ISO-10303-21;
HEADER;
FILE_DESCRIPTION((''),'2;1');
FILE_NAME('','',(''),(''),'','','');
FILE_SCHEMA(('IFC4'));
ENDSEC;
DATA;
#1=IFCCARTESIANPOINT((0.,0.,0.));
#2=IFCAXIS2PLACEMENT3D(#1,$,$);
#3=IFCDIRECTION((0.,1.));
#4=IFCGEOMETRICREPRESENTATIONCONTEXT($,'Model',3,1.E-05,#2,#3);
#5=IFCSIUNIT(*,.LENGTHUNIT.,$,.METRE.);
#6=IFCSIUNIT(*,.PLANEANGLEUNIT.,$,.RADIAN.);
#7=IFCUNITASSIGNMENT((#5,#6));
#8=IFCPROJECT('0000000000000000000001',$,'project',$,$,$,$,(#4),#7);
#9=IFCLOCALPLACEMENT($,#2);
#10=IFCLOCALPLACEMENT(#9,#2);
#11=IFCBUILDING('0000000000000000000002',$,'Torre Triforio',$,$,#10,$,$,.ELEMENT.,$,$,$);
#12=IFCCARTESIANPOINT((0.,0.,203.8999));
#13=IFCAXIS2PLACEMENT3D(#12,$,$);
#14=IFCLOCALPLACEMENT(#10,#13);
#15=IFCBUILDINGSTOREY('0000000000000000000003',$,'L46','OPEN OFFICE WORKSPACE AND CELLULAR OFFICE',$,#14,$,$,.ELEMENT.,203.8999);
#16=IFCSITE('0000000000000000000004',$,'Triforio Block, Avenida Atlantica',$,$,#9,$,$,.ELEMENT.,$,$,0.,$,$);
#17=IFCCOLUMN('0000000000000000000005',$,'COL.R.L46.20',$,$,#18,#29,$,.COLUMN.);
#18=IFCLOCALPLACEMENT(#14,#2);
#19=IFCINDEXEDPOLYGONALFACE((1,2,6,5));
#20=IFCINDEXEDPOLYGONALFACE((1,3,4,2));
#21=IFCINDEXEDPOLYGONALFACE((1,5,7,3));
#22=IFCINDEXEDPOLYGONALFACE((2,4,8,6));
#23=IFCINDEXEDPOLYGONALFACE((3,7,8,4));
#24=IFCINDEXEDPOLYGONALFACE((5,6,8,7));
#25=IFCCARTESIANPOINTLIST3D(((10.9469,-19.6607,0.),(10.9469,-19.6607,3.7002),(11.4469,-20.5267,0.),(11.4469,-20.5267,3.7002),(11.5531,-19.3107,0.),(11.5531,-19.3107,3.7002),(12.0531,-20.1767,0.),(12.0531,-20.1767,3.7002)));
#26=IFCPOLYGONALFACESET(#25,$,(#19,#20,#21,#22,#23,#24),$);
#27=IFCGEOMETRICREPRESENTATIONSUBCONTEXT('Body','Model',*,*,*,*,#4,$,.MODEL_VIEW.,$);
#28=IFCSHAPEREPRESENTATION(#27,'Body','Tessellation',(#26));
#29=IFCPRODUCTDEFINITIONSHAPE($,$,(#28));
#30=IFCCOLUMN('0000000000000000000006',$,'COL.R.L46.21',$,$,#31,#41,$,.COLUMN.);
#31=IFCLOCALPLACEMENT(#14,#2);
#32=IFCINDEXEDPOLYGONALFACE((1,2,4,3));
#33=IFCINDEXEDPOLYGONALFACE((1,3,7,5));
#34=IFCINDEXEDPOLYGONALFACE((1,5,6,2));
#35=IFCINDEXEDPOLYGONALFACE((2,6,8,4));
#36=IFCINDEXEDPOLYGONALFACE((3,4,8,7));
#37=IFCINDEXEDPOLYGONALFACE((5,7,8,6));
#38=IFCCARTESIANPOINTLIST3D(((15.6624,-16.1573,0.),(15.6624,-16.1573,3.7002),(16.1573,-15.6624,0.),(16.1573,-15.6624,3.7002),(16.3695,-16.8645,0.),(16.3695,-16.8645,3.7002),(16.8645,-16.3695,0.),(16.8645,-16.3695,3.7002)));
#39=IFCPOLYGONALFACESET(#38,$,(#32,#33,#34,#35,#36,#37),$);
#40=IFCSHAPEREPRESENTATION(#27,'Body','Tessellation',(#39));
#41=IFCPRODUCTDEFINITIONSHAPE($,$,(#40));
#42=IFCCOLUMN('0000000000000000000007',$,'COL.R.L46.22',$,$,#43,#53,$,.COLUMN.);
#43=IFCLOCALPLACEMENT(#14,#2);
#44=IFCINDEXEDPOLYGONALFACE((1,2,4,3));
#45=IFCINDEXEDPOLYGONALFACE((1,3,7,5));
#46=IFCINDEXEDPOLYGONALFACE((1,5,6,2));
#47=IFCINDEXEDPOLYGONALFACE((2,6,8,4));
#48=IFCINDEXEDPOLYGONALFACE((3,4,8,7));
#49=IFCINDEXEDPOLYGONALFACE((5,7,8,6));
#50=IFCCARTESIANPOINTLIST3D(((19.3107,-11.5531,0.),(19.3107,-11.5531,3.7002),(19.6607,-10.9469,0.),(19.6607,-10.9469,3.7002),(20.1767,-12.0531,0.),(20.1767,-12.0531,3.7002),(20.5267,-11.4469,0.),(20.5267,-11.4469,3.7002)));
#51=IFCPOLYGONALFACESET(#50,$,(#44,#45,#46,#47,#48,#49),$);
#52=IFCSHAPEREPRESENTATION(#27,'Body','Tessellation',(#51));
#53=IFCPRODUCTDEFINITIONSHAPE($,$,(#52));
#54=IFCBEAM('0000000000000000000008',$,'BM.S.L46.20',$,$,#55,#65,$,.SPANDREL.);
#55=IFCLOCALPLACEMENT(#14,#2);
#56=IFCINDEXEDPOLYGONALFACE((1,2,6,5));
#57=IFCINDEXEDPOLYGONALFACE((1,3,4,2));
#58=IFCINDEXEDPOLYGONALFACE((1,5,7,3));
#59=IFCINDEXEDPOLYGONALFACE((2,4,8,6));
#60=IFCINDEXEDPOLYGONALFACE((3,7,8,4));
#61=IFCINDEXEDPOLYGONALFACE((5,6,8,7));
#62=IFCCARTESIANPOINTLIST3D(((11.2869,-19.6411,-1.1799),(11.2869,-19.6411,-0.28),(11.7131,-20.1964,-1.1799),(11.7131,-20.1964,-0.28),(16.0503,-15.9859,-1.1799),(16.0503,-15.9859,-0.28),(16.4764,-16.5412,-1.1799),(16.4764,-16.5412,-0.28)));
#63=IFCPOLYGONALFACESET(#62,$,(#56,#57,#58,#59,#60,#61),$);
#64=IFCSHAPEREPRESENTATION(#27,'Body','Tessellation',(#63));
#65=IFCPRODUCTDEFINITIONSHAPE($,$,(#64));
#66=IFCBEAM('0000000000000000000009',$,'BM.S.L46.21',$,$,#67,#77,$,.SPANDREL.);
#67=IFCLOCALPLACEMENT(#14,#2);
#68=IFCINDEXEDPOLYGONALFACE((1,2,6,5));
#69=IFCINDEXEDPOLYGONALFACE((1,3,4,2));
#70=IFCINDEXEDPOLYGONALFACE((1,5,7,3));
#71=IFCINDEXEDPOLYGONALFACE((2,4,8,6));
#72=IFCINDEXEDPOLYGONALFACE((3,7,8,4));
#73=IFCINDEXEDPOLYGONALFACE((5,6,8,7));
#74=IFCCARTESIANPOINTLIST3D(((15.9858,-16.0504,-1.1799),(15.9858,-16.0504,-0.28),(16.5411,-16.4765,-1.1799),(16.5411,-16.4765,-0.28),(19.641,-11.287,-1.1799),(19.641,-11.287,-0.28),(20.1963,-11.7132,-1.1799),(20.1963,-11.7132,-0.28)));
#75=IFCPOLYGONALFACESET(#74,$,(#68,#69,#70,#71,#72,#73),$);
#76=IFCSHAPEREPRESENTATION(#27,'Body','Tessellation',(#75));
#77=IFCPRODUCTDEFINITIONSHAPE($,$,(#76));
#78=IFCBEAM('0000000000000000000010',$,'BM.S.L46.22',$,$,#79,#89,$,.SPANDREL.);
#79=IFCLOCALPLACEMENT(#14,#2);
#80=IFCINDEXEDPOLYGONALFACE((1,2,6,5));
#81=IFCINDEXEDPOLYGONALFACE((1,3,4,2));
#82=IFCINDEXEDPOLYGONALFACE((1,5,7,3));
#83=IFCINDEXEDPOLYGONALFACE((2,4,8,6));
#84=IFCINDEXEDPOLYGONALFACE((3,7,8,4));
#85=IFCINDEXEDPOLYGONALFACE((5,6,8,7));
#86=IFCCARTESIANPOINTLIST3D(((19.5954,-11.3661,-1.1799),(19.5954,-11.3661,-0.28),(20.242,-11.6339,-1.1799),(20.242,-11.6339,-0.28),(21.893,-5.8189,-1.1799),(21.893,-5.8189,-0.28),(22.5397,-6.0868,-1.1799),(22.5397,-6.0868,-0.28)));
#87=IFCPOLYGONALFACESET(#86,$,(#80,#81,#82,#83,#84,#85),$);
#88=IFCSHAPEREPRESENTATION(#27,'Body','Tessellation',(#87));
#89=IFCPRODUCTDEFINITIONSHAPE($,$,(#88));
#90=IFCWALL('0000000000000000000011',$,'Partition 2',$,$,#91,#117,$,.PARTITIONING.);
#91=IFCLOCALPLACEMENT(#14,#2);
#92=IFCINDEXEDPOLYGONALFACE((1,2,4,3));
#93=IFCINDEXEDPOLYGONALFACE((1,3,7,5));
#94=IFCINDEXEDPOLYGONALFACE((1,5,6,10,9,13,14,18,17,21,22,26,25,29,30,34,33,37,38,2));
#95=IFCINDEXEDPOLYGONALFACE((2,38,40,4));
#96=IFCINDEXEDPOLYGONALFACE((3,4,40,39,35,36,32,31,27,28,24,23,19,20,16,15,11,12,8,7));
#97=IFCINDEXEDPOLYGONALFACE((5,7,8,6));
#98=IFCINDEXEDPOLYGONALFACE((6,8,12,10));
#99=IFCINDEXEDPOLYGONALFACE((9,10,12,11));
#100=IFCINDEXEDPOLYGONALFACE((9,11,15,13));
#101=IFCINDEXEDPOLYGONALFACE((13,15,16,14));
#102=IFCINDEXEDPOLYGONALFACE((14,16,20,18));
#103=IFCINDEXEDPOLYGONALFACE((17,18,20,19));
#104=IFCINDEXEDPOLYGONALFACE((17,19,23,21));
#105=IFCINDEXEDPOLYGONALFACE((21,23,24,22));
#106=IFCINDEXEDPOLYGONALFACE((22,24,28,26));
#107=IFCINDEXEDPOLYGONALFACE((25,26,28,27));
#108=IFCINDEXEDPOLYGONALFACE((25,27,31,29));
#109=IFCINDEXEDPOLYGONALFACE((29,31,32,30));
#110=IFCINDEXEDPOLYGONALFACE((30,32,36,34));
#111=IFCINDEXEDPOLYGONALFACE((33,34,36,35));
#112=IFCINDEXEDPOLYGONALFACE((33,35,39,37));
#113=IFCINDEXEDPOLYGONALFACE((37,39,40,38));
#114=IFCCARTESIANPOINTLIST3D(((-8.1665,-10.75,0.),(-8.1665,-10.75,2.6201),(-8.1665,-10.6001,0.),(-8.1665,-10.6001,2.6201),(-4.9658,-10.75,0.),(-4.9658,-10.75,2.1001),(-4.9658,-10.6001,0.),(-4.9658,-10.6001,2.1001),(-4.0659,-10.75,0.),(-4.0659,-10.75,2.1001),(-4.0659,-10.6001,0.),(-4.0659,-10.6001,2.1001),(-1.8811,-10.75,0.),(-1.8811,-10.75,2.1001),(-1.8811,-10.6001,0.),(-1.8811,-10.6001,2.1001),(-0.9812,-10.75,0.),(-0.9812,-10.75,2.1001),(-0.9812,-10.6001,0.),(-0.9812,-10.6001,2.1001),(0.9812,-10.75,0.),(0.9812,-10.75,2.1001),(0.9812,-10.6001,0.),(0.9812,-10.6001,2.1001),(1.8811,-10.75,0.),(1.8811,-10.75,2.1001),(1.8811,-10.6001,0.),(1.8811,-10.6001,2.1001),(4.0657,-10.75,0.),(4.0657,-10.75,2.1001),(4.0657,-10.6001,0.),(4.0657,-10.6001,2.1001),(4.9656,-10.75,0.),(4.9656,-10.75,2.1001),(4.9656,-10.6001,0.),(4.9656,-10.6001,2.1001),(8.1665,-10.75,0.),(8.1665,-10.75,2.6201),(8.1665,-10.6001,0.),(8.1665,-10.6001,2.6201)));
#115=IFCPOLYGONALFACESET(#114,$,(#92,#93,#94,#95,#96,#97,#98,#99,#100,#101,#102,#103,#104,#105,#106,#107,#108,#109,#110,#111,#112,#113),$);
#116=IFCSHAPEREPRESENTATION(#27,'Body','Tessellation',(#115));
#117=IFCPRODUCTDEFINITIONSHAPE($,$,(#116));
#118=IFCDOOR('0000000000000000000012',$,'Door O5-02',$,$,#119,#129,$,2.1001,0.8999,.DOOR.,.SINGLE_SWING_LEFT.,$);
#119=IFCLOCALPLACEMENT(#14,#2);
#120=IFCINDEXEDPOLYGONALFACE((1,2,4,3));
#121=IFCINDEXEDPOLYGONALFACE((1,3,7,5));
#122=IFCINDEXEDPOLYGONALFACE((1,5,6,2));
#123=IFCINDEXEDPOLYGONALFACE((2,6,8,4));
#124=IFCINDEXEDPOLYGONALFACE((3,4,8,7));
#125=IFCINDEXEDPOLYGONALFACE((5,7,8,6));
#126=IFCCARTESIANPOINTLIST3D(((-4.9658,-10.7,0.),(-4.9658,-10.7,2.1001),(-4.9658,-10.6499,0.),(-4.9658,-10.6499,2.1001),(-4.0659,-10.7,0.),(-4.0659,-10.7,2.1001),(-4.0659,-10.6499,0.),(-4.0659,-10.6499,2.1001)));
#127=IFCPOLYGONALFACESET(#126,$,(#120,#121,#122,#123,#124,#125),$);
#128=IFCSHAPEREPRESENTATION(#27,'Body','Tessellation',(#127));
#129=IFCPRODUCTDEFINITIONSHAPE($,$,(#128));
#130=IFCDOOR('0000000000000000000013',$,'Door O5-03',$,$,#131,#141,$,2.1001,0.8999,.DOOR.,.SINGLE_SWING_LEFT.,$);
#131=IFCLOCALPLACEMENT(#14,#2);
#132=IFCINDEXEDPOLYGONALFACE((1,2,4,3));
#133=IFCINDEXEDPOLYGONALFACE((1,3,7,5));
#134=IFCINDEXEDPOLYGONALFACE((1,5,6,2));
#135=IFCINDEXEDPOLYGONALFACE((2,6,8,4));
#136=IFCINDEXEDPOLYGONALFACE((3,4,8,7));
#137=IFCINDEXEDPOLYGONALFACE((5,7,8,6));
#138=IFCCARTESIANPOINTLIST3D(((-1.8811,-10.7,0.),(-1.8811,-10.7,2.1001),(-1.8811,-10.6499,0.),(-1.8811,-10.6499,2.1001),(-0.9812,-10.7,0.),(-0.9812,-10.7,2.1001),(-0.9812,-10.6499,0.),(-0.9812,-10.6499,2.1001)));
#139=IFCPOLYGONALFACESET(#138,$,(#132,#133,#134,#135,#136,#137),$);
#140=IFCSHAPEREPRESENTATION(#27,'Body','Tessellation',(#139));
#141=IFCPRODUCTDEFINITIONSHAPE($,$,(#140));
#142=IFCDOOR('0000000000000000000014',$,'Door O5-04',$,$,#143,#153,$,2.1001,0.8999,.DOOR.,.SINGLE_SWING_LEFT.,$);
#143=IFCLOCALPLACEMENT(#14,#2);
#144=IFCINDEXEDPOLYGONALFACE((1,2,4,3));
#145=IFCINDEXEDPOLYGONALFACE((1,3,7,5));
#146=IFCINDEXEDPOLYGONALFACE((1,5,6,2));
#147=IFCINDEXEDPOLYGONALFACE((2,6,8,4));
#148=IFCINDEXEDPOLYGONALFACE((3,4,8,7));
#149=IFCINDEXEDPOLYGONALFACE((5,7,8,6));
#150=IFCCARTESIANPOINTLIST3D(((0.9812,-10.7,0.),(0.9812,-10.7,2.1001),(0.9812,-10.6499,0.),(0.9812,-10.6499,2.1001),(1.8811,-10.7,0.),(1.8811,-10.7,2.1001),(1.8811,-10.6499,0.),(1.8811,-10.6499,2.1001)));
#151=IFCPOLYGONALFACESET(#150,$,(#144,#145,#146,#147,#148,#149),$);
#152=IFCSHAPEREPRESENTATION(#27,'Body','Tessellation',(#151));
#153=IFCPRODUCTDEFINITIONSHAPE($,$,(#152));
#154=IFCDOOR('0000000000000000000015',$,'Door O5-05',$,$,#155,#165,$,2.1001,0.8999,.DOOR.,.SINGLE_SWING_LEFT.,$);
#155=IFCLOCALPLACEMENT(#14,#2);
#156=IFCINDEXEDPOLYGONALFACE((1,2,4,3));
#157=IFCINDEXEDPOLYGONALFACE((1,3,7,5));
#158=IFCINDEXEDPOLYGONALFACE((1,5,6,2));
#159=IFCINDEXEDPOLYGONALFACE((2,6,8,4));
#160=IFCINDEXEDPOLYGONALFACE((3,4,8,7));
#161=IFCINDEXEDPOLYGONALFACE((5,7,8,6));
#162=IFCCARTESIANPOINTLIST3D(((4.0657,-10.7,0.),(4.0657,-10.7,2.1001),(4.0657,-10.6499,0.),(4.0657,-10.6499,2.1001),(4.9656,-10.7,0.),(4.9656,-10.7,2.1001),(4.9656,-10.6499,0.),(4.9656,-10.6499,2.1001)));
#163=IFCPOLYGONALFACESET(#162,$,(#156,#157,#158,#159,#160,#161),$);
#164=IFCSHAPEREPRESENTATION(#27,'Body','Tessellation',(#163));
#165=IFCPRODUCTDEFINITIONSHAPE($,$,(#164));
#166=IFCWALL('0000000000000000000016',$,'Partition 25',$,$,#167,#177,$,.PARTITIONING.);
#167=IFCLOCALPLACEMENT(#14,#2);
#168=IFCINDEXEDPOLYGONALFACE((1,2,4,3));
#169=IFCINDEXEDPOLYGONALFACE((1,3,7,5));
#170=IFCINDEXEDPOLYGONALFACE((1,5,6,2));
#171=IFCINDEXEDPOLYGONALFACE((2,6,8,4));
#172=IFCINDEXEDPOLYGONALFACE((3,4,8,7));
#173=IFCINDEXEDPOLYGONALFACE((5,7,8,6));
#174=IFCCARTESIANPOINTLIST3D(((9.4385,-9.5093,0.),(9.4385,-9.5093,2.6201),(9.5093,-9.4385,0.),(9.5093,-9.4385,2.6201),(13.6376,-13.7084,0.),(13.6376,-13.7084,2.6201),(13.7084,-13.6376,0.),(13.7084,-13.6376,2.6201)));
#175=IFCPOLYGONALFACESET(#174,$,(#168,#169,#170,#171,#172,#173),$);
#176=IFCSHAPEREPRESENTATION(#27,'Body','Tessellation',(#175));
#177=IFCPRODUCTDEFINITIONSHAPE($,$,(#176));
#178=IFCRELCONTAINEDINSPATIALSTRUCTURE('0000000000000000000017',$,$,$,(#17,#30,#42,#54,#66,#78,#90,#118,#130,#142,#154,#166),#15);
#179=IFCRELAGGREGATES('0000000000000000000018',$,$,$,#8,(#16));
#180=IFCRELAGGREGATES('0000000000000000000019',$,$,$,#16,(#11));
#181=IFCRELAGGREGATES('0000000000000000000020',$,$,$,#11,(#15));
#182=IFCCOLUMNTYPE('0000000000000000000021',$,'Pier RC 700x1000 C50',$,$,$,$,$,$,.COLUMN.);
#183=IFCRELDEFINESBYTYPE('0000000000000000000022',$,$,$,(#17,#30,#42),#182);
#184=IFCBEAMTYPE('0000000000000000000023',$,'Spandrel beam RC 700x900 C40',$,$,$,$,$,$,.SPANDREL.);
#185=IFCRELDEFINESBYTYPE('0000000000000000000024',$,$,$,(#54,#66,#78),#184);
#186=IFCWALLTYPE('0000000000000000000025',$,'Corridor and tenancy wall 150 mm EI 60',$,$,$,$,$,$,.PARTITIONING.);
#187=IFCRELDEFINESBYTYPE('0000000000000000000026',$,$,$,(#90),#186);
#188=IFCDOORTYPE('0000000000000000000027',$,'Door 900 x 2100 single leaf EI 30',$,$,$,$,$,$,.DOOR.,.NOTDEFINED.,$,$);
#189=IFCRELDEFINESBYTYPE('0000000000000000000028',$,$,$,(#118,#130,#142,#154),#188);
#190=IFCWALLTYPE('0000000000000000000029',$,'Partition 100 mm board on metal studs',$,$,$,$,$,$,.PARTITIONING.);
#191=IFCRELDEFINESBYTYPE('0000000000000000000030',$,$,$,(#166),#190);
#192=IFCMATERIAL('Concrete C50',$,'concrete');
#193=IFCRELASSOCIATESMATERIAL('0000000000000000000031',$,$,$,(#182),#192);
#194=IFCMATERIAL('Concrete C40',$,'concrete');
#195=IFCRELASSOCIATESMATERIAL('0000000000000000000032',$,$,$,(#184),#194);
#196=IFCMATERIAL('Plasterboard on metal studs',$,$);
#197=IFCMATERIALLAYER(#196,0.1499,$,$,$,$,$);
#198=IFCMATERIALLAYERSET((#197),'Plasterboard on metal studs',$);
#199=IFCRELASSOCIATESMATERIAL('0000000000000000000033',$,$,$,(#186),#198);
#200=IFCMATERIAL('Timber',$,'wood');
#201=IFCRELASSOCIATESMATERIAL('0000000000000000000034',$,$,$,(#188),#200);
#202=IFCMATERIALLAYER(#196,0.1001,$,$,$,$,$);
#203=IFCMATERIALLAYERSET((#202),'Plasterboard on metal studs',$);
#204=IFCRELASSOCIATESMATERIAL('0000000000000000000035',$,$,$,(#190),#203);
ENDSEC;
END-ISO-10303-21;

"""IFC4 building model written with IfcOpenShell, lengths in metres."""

from ifc_helpers import new_model, si_unit, direction, frame, frame_2d, origin, origin_2d, place, context, subcontext, project, spatial, rectangle, extrude, material, layer, layer_set, material_profile, profile_set, type_object, element, fill, save


model = new_model("IFC4")

# Units and contexts
model_context = context("Model", 3, precision=1e-05, world=origin(), true_north=direction((0.0, 1.0)))
body_context = subcontext(model_context, "Body", "Model", "MODEL_VIEW")
ifc_project = project(units=[si_unit("LENGTHUNIT", "METRE"), si_unit("PLANEANGLEUNIT", "RADIAN")], contexts=[model_context])

# Site, building, storey
site_placement = place(None, origin())
site = spatial("IfcSite", under=ifc_project, at=site_placement, Name="Triforio Block, Avenida Atlantica", CompositionType="ELEMENT", RefElevation=0.0)
building_placement = place(site_placement, origin())
building = spatial("IfcBuilding", under=site, at=building_placement, Name="Torre Triforio", CompositionType="ELEMENT")
storey_placement = place(building_placement, frame((0.0, 0.0, 203.8999)))
storey = spatial("IfcBuildingStorey", under=building, at=storey_placement, Name="L46", Description="OPEN OFFICE WORKSPACE AND CELLULAR OFFICE", CompositionType="ELEMENT", Elevation=203.8999)

# Columns
ifc_material_1 = material(Name="Concrete C50", Category="concrete")
ifc_material_profile_1 = material_profile(ifc_material_1, rectangle(XDim=0.7, YDim=1.0, at=origin_2d()), Name="RC 700x1000")
ifc_profile_set_1 = profile_set([ifc_material_profile_1], Name="Concrete C50")
column_type = type_object("IfcColumnType", Name="Pier RC 700x1000 C50", PredefinedType="COLUMN", material=ifc_profile_set_1)
for number, where, z_axis, x_axis, name in (
    (1, (11.5, -19.9187, 0.0), (0.0, 0.0, 1.0), (0.866025, 0.5, 0.0), "COL.R.L46.20"),
    (2, (16.2634, -16.2634, 0.0), (0.0, 0.0, 1.0), (0.707107, 0.707107, 0.0), "COL.R.L46.21"),
    (3, (19.9187, -11.5, 0.0), (0.0, 0.0, 1.0), (0.5, 0.866025, 0.0), "COL.R.L46.22"),
):
    element("IfcColumn", number, at=place(storey_placement, frame(where, z_axis=z_axis, x_axis=x_axis)), inside=storey, type_object=column_type, Name=name, PredefinedType="COLUMN", context=body_context, shape_type="SweptSolid", body=[
        extrude(rectangle(XDim=0.7, YDim=1.0, at=origin_2d()), origin(), (0.0, 0.0, 1.0), 3.7002),
    ])

# Beams
ifc_material_2 = material(Name="Concrete C40", Category="concrete")
ifc_material_profile_2 = material_profile(ifc_material_2, rectangle(XDim=0.7, YDim=0.8999, at=origin_2d()), Name="RC 700x900")
ifc_profile_set_2 = profile_set([ifc_material_profile_2], Name="Concrete C40")
beam_type = type_object("IfcBeamType", Name="Spandrel beam RC 700x900 C40", PredefinedType="SPANDREL", material=ifc_profile_set_2)
for number, where, z_axis, x_axis, name in (
    (4, (11.5, -19.9187, -0.73), (0.79334, 0.608779, 0.0), (-0.608779, 0.79334, 0.0), "BM.S.L46.20"),
    (5, (16.2634, -16.2634, -0.73), (0.608779, 0.79334, 0.0), (-0.79334, 0.608779, 0.0), "BM.S.L46.21"),
    (6, (19.9187, -11.5, -0.73), (0.382671, 0.923885, 0.0), (-0.923885, 0.382671, 0.0), "BM.S.L46.22"),
):
    element("IfcBeam", number, at=place(storey_placement, frame(where, z_axis=z_axis, x_axis=x_axis)), inside=storey, type_object=beam_type, Name=name, PredefinedType="SPANDREL", context=body_context, shape_type="SweptSolid", body=[
        extrude(rectangle(XDim=0.7, YDim=0.8999, at=origin_2d()), origin(), (0.0, 0.0, 1.0), 6.0042),
    ])

# Wall, openings, doors
ifc_material_3 = material(Name="Plasterboard on metal studs")
ifc_layer_1 = layer(ifc_material_3, 0.1499)
ifc_layer_set_1 = layer_set([ifc_layer_1], Name="Plasterboard on metal studs")
wall_type_1 = type_object("IfcWallType", Name="Corridor and tenancy wall 150 mm EI 60", PredefinedType="PARTITIONING", material=ifc_layer_set_1)
wall_1_placement = place(storey_placement, frame((8.1665, -10.675, 0.0), z_axis=(0.0, 0.0, 1.0), x_axis=(-1.0, 0.0, 0.0)))
wall_1 = element("IfcWall", 7, at=wall_1_placement, inside=storey, type_object=wall_type_1, Name="Partition 2", PredefinedType="PARTITIONING", context=body_context, shape_type="SweptSolid", body=[
    extrude(rectangle(XDim=16.333, YDim=0.1499, at=frame_2d((8.1665, 0.0))), origin(), (0.0, 0.0, 1.0), 2.6201),
])
opening_1_placement = place(wall_1_placement, frame((12.2324, 0.0, 0.0)))
opening_1 = element("IfcOpeningElement", 8, at=opening_1_placement, cuts=wall_1, PredefinedType="OPENING", context=body_context, shape_type="SweptSolid", body=[
    extrude(rectangle(XDim=0.8999, YDim=2.1001, at=frame_2d((0.45, 1.05))), frame((0.0, 0.085, 0.0), z_axis=(0.0, -1.0, 0.0), x_axis=(1.0, 0.0, 0.0)), (0.0, 0.0, 1.0), 0.1699),
])
opening_2_placement = place(wall_1_placement, frame((9.1477, 0.0, 0.0)))
opening_2 = element("IfcOpeningElement", 9, at=opening_2_placement, cuts=wall_1, PredefinedType="OPENING", context=body_context, shape_type="SweptSolid", body=[
    extrude(rectangle(XDim=0.8999, YDim=2.1001, at=frame_2d((0.45, 1.05))), frame((0.0, 0.085, 0.0), z_axis=(0.0, -1.0, 0.0), x_axis=(1.0, 0.0, 0.0)), (0.0, 0.0, 1.0), 0.1699),
])
opening_3_placement = place(wall_1_placement, frame((6.2854, 0.0, 0.0)))
opening_3 = element("IfcOpeningElement", 10, at=opening_3_placement, cuts=wall_1, PredefinedType="OPENING", context=body_context, shape_type="SweptSolid", body=[
    extrude(rectangle(XDim=0.8999, YDim=2.1001, at=frame_2d((0.45, 1.05))), frame((0.0, 0.085, 0.0), z_axis=(0.0, -1.0, 0.0), x_axis=(1.0, 0.0, 0.0)), (0.0, 0.0, 1.0), 0.1699),
])
opening_4_placement = place(wall_1_placement, frame((3.2009, 0.0, 0.0)))
opening_4 = element("IfcOpeningElement", 11, at=opening_4_placement, cuts=wall_1, PredefinedType="OPENING", context=body_context, shape_type="SweptSolid", body=[
    extrude(rectangle(XDim=0.8999, YDim=2.1001, at=frame_2d((0.45, 1.05))), frame((0.0, 0.085, 0.0), z_axis=(0.0, -1.0, 0.0), x_axis=(1.0, 0.0, 0.0)), (0.0, 0.0, 1.0), 0.1699),
])
ifc_material_4 = material(Name="Timber", Category="wood")
door_type_1 = type_object("IfcDoorType", Name="Door 900 x 2100 single leaf EI 30", OperationType="NOTDEFINED", PredefinedType="DOOR", material=ifc_material_4)
door_1_placement = place(opening_1_placement, origin())
door_1 = element("IfcDoor", 12, at=door_1_placement, inside=storey, type_object=door_type_1, Name="Door O5-02", OperationType="SINGLE_SWING_LEFT", OverallHeight=2.1001, OverallWidth=0.8999, PredefinedType="DOOR", context=body_context, shape_type="SweptSolid", body=[
    extrude(rectangle(XDim=0.8999, YDim=2.1001, at=frame_2d((0.45, 1.05))), frame((0.0, 0.0249, 0.0), z_axis=(0.0, -1.0, 0.0), x_axis=(1.0, 0.0, 0.0)), (0.0, 0.0, 1.0), 0.05),
])
fill(opening_1, door_1)
door_2_placement = place(opening_2_placement, origin())
door_2 = element("IfcDoor", 13, at=door_2_placement, inside=storey, type_object=door_type_1, Name="Door O5-03", OperationType="SINGLE_SWING_LEFT", OverallHeight=2.1001, OverallWidth=0.8999, PredefinedType="DOOR", context=body_context, shape_type="SweptSolid", body=[
    extrude(rectangle(XDim=0.8999, YDim=2.1001, at=frame_2d((0.45, 1.05))), frame((0.0, 0.0249, 0.0), z_axis=(0.0, -1.0, 0.0), x_axis=(1.0, 0.0, 0.0)), (0.0, 0.0, 1.0), 0.05),
])
fill(opening_2, door_2)
door_3_placement = place(opening_3_placement, origin())
door_3 = element("IfcDoor", 14, at=door_3_placement, inside=storey, type_object=door_type_1, Name="Door O5-04", OperationType="SINGLE_SWING_LEFT", OverallHeight=2.1001, OverallWidth=0.8999, PredefinedType="DOOR", context=body_context, shape_type="SweptSolid", body=[
    extrude(rectangle(XDim=0.8999, YDim=2.1001, at=frame_2d((0.45, 1.05))), frame((0.0, 0.0249, 0.0), z_axis=(0.0, -1.0, 0.0), x_axis=(1.0, 0.0, 0.0)), (0.0, 0.0, 1.0), 0.05),
])
fill(opening_3, door_3)
door_4_placement = place(opening_4_placement, origin())
door_4 = element("IfcDoor", 15, at=door_4_placement, inside=storey, type_object=door_type_1, Name="Door O5-05", OperationType="SINGLE_SWING_LEFT", OverallHeight=2.1001, OverallWidth=0.8999, PredefinedType="DOOR", context=body_context, shape_type="SweptSolid", body=[
    extrude(rectangle(XDim=0.8999, YDim=2.1001, at=frame_2d((0.45, 1.05))), frame((0.0, 0.0249, 0.0), z_axis=(0.0, -1.0, 0.0), x_axis=(1.0, 0.0, 0.0)), (0.0, 0.0, 1.0), 0.05),
])
fill(opening_4, door_4)

# Wall
ifc_layer_2 = layer(ifc_material_3, 0.1001)
ifc_layer_set_2 = layer_set([ifc_layer_2], Name="Plasterboard on metal studs")
wall_type_2 = type_object("IfcWallType", Name="Partition 100 mm board on metal studs", PredefinedType="PARTITIONING", material=ifc_layer_set_2)
wall_2_placement = place(storey_placement, frame((9.4739, -9.4739, 0.0), z_axis=(0.0, 0.0, 1.0), x_axis=(0.707107, -0.707107, 0.0)))
element("IfcWall", 16, at=wall_2_placement, inside=storey, type_object=wall_type_2, Name="Partition 25", PredefinedType="PARTITIONING", context=body_context, shape_type="SweptSolid", body=[
    extrude(rectangle(XDim=5.9385, YDim=0.1001, at=frame_2d((2.9692, 0.0))), origin(), (0.0, 0.0, 1.0), 2.6201),
])

save(model, "model.ifc")
